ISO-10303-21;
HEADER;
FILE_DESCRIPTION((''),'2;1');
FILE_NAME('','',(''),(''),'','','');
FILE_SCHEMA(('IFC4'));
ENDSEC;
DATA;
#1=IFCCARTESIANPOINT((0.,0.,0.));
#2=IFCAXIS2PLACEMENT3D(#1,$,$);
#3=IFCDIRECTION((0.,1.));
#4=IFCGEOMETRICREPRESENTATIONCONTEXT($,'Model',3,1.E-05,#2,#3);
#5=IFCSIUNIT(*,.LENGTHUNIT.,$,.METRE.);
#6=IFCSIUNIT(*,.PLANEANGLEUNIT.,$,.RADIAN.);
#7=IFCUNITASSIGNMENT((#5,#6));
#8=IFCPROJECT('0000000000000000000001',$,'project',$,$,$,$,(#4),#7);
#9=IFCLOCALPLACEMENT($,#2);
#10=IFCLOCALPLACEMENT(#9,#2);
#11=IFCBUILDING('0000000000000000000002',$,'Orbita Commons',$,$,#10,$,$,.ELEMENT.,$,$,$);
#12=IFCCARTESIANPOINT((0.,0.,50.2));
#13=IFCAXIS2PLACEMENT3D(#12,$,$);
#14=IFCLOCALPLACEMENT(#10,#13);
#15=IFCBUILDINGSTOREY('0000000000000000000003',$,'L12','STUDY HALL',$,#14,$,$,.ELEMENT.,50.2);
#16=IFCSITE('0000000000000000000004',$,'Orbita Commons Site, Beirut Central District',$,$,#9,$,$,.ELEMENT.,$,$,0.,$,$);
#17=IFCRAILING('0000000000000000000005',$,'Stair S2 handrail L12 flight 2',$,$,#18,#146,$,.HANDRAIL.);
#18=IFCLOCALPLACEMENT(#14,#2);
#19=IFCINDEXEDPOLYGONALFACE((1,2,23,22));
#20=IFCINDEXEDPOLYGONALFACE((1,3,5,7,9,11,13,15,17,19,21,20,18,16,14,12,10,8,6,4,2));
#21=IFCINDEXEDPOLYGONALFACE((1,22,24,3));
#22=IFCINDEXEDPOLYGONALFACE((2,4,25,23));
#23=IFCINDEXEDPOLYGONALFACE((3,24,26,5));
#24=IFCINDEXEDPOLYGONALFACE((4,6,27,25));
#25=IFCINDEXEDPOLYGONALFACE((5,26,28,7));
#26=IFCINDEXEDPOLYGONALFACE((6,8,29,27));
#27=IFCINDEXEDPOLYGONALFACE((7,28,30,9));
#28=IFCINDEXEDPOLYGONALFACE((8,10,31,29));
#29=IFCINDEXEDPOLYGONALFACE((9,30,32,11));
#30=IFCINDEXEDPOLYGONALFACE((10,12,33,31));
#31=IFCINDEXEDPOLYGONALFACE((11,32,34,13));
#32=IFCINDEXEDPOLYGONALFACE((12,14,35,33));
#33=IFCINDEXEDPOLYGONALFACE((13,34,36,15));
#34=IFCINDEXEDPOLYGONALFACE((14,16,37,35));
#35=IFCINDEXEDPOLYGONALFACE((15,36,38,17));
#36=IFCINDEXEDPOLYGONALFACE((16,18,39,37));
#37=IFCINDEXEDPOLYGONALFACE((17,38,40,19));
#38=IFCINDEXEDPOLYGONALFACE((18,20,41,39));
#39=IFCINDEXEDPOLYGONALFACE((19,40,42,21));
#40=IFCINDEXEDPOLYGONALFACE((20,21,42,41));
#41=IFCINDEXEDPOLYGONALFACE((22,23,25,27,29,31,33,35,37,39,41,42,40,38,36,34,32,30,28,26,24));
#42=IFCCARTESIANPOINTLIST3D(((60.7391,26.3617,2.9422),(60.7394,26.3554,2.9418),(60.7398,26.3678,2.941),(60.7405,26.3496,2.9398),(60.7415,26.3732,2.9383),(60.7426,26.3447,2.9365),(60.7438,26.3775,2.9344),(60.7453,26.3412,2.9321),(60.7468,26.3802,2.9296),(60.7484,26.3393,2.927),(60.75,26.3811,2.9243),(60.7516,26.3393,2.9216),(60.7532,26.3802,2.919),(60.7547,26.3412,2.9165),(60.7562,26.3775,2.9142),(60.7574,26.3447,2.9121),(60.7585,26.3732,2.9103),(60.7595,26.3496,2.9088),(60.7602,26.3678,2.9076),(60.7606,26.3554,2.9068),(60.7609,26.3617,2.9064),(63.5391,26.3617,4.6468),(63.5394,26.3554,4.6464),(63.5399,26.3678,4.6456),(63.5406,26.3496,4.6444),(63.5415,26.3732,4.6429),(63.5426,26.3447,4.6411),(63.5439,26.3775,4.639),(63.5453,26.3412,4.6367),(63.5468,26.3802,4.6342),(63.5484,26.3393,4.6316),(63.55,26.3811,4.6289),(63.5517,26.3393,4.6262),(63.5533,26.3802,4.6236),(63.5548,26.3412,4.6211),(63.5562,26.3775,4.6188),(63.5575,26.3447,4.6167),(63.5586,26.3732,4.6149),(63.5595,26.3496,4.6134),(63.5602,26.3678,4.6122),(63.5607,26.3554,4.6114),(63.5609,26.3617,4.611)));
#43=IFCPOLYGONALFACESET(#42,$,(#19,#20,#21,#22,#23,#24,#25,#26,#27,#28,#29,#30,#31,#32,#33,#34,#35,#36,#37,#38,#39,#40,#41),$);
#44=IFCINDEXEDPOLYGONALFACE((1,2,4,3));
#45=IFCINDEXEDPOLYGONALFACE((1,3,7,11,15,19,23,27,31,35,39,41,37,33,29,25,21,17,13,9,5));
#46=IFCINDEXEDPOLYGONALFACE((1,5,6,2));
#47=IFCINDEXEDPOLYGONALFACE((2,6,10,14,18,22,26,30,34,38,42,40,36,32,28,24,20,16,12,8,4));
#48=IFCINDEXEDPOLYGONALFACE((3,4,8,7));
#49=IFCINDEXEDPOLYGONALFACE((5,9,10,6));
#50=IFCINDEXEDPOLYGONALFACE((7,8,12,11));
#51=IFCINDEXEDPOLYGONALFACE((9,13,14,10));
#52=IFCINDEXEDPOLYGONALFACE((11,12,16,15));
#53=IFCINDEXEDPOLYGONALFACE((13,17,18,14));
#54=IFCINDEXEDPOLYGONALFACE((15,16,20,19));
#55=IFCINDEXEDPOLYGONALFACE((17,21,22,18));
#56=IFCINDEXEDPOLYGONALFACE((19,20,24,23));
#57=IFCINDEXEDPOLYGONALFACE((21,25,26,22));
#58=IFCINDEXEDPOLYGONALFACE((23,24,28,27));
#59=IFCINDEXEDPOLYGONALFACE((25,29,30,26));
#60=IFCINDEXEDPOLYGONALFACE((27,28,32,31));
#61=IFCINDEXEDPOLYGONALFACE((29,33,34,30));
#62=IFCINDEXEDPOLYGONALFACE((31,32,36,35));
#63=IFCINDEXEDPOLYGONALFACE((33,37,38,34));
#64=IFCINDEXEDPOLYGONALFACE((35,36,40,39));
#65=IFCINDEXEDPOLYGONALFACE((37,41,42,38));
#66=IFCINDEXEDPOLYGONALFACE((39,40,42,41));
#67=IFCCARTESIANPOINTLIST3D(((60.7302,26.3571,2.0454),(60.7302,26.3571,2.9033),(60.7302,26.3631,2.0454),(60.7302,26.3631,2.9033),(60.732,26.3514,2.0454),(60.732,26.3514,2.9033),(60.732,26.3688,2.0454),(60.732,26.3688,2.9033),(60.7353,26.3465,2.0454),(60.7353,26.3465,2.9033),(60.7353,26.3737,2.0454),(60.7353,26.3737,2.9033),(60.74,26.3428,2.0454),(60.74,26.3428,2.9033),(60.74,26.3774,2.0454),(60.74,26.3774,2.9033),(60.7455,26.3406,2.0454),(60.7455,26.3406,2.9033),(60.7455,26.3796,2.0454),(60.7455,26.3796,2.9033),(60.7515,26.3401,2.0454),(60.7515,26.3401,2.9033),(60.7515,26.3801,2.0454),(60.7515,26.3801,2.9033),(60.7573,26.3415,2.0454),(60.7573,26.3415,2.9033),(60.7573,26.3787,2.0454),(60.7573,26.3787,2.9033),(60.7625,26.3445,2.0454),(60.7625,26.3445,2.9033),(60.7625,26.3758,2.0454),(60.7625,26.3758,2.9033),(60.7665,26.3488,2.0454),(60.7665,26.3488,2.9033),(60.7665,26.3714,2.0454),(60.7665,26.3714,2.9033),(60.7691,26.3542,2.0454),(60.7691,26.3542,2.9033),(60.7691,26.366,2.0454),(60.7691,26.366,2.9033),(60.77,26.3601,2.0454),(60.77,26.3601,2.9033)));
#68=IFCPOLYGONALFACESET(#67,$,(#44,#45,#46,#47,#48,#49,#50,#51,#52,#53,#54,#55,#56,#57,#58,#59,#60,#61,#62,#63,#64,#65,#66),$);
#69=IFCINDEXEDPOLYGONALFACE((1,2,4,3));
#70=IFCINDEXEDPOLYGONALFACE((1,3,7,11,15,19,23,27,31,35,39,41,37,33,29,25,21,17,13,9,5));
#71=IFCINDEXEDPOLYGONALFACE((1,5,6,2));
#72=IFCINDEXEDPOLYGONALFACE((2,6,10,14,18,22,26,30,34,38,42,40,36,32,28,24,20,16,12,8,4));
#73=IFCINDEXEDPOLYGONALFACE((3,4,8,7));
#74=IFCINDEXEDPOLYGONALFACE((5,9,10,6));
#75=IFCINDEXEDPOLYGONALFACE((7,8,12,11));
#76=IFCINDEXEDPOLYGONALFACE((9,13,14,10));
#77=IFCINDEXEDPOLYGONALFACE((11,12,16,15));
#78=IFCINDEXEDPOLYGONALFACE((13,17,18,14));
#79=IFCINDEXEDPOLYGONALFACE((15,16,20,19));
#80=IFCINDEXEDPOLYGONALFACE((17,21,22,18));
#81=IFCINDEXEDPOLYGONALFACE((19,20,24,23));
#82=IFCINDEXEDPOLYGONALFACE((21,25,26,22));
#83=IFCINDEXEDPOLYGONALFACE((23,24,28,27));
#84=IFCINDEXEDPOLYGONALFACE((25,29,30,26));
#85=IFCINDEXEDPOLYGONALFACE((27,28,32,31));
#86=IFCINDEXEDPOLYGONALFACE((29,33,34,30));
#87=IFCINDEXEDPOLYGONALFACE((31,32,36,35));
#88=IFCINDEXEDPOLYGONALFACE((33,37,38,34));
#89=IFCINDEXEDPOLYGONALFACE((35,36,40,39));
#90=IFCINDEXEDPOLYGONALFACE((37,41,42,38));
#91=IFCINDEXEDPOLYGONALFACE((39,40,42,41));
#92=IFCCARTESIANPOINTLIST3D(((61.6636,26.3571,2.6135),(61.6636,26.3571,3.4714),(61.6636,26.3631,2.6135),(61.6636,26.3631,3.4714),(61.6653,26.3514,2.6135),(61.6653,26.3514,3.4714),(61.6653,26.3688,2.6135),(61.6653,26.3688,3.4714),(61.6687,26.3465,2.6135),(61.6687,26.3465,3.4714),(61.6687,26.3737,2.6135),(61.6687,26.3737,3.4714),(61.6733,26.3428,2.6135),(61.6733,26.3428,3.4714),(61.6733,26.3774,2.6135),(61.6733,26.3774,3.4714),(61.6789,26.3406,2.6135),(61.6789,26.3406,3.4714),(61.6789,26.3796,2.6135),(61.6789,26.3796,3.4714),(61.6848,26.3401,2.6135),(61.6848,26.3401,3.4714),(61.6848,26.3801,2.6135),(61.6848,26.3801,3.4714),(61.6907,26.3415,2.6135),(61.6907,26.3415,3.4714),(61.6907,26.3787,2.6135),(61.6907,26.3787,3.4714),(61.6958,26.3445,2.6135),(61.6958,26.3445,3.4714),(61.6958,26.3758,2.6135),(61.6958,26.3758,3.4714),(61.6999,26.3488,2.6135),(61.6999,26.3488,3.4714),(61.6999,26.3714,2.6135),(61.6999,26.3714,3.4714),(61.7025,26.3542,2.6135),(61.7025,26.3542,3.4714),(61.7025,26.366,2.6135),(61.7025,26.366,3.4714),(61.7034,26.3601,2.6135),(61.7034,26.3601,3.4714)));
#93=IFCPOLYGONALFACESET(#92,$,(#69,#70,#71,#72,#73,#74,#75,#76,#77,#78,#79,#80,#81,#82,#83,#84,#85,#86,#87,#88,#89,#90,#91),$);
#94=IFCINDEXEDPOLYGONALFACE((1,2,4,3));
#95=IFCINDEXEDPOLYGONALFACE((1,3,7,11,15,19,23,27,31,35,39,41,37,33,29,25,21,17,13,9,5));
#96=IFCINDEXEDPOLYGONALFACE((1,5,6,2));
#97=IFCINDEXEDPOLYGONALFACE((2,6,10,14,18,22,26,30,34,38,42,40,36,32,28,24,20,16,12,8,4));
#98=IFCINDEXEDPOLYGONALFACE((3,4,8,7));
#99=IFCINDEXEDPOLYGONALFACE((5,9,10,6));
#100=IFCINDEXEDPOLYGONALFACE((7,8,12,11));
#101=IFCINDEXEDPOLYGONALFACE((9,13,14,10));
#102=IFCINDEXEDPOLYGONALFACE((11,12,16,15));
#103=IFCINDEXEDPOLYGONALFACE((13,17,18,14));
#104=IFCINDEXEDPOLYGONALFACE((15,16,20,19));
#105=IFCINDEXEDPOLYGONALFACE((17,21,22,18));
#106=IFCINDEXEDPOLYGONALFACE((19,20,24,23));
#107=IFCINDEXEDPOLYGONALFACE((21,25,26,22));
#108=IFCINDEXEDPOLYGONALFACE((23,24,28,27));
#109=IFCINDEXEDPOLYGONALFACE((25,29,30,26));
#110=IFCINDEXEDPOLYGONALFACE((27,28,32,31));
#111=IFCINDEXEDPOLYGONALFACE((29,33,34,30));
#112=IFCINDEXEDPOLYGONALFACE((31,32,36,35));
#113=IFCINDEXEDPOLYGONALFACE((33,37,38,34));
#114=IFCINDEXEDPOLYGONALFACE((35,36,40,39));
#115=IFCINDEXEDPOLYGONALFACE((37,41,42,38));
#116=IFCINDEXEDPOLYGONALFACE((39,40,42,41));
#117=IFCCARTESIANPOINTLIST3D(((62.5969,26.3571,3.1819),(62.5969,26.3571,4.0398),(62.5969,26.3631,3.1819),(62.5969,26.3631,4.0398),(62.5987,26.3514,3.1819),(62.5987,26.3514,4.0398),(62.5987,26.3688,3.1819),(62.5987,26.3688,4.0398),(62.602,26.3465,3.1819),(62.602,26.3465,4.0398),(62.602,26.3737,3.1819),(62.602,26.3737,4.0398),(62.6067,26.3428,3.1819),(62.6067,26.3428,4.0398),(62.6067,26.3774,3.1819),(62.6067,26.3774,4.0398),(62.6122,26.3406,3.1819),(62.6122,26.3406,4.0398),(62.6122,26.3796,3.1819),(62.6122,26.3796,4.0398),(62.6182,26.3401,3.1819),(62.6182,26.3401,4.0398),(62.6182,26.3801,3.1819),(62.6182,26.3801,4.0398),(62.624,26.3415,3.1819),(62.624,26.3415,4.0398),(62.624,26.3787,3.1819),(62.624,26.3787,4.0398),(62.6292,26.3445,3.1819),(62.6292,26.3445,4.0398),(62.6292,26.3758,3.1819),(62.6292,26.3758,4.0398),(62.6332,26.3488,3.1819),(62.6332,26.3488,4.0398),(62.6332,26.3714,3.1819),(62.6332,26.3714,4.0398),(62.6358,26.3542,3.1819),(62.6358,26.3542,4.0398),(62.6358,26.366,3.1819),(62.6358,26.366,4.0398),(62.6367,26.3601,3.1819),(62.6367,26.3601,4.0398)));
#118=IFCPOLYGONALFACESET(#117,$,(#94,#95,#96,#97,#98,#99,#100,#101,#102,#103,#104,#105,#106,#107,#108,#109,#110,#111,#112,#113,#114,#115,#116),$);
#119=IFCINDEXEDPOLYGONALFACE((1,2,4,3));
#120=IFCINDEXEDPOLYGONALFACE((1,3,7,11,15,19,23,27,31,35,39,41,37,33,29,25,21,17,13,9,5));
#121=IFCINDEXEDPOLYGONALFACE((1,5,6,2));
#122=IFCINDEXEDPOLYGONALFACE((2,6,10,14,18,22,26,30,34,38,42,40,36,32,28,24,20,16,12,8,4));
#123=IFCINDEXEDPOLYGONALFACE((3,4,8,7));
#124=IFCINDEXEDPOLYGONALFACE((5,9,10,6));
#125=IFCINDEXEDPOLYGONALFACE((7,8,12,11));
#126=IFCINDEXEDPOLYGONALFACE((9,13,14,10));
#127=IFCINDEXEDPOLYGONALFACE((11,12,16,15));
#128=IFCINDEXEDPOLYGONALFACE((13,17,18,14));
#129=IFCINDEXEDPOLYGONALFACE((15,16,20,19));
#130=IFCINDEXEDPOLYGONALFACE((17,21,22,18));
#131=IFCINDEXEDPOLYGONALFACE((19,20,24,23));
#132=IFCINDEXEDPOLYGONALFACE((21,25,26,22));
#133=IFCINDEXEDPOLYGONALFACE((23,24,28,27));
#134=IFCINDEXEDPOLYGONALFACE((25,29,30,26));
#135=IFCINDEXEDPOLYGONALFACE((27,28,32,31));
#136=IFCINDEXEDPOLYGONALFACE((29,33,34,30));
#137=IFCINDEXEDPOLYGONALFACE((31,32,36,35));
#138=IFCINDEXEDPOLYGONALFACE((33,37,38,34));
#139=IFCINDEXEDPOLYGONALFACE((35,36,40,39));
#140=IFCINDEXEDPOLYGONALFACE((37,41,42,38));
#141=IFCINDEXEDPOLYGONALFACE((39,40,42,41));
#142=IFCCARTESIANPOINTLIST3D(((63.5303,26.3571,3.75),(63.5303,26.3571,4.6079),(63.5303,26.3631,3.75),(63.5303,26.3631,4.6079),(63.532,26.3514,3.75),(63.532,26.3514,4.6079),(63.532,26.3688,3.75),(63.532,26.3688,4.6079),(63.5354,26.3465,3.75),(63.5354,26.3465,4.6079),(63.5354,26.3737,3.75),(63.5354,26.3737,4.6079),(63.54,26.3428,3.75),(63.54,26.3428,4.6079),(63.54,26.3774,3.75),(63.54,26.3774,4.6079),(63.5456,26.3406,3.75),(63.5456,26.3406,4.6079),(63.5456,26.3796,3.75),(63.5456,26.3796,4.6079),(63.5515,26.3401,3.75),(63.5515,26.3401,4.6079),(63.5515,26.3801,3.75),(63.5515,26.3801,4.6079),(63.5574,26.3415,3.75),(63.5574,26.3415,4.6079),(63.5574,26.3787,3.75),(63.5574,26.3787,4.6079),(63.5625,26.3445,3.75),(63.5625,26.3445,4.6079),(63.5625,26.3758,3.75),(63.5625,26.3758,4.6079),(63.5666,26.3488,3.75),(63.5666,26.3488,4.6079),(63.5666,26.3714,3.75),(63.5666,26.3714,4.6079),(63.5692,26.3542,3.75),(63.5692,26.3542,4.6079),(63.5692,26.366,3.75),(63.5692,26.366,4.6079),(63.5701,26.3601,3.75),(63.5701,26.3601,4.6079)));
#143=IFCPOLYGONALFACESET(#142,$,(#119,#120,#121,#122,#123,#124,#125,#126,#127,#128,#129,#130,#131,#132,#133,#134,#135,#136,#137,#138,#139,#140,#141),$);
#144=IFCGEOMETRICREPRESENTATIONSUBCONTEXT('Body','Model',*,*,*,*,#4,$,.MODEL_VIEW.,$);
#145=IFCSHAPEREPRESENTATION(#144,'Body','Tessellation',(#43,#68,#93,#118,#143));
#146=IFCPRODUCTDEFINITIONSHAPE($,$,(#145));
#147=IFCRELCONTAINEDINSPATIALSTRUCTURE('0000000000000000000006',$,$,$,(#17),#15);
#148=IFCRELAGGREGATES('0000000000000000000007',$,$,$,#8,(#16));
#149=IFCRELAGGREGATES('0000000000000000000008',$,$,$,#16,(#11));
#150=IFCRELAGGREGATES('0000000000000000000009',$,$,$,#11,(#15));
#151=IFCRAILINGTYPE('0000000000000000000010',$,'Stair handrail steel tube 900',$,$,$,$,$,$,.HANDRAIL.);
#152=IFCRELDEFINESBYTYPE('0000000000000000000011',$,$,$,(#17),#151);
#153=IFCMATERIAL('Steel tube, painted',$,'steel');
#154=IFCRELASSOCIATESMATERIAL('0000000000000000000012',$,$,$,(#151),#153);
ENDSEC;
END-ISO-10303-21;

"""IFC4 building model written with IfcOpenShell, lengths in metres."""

from ifc_helpers import new_model, si_unit, direction, frame, origin, origin_2d, place, context, subcontext, project, spatial, circle, extrude, material, type_object, element, save


model = new_model("IFC4")

# Units and contexts
model_context = context("Model", 3, precision=1e-05, world=origin(), true_north=direction((0.0, 1.0)))
body_context = subcontext(model_context, "Body", "Model", "MODEL_VIEW")
ifc_project = project(units=[si_unit("LENGTHUNIT", "METRE"), si_unit("PLANEANGLEUNIT", "RADIAN")], contexts=[model_context])

# Site, building, storey
site_placement = place(None, origin())
site = spatial("IfcSite", under=ifc_project, at=site_placement, Name="Orbita Commons Site, Beirut Central District", CompositionType="ELEMENT", RefElevation=0.0)
building_placement = place(site_placement, origin())
building = spatial("IfcBuilding", under=site, at=building_placement, Name="Orbita Commons", CompositionType="ELEMENT")
storey_placement = place(building_placement, frame((0.0, 0.0, 50.2)))
storey = spatial("IfcBuildingStorey", under=building, at=storey_placement, Name="L12", Description="STUDY HALL", CompositionType="ELEMENT", Elevation=50.2)

# Railing
ifc_material_1 = material(Name="Steel tube, painted", Category="steel")
railing_type = type_object("IfcRailingType", Name="Stair handrail steel tube 900", PredefinedType="HANDRAIL", material=ifc_material_1)
for number, where, name in (
    (1, (60.75, 26.3601, 2.0454), "Stair S2 handrail L12 flight 2"),
):
    element("IfcRailing", number, at=place(storey_placement, frame(where)), inside=storey, type_object=railing_type, Name=name, PredefinedType="HANDRAIL", context=body_context, shape_type="SweptSolid", body=[
        extrude(circle(Radius=0.021, at=origin_2d()), frame((0.0, 0.0, 0.8789), z_axis=(0.85417, 0.0, 0.519994), x_axis=(0.0, 1.0, 0.0)), (0.0, 0.0, 1.0), 3.2781),
        extrude(circle(Radius=0.02, at=origin_2d()), origin(), (0.0, 0.0, 1.0), 0.8579),
        extrude(circle(Radius=0.02, at=origin_2d()), frame((0.9333, 0.0, 0.5681)), (0.0, 0.0, 1.0), 0.8579),
        extrude(circle(Radius=0.02, at=origin_2d()), frame((1.8667, 0.0, 1.1365)), (0.0, 0.0, 1.0), 0.8579),
        extrude(circle(Radius=0.02, at=origin_2d()), frame((2.8, 0.0, 1.7046)), (0.0, 0.0, 1.0), 0.8579),
    ])

save(model, "model.ifc")
